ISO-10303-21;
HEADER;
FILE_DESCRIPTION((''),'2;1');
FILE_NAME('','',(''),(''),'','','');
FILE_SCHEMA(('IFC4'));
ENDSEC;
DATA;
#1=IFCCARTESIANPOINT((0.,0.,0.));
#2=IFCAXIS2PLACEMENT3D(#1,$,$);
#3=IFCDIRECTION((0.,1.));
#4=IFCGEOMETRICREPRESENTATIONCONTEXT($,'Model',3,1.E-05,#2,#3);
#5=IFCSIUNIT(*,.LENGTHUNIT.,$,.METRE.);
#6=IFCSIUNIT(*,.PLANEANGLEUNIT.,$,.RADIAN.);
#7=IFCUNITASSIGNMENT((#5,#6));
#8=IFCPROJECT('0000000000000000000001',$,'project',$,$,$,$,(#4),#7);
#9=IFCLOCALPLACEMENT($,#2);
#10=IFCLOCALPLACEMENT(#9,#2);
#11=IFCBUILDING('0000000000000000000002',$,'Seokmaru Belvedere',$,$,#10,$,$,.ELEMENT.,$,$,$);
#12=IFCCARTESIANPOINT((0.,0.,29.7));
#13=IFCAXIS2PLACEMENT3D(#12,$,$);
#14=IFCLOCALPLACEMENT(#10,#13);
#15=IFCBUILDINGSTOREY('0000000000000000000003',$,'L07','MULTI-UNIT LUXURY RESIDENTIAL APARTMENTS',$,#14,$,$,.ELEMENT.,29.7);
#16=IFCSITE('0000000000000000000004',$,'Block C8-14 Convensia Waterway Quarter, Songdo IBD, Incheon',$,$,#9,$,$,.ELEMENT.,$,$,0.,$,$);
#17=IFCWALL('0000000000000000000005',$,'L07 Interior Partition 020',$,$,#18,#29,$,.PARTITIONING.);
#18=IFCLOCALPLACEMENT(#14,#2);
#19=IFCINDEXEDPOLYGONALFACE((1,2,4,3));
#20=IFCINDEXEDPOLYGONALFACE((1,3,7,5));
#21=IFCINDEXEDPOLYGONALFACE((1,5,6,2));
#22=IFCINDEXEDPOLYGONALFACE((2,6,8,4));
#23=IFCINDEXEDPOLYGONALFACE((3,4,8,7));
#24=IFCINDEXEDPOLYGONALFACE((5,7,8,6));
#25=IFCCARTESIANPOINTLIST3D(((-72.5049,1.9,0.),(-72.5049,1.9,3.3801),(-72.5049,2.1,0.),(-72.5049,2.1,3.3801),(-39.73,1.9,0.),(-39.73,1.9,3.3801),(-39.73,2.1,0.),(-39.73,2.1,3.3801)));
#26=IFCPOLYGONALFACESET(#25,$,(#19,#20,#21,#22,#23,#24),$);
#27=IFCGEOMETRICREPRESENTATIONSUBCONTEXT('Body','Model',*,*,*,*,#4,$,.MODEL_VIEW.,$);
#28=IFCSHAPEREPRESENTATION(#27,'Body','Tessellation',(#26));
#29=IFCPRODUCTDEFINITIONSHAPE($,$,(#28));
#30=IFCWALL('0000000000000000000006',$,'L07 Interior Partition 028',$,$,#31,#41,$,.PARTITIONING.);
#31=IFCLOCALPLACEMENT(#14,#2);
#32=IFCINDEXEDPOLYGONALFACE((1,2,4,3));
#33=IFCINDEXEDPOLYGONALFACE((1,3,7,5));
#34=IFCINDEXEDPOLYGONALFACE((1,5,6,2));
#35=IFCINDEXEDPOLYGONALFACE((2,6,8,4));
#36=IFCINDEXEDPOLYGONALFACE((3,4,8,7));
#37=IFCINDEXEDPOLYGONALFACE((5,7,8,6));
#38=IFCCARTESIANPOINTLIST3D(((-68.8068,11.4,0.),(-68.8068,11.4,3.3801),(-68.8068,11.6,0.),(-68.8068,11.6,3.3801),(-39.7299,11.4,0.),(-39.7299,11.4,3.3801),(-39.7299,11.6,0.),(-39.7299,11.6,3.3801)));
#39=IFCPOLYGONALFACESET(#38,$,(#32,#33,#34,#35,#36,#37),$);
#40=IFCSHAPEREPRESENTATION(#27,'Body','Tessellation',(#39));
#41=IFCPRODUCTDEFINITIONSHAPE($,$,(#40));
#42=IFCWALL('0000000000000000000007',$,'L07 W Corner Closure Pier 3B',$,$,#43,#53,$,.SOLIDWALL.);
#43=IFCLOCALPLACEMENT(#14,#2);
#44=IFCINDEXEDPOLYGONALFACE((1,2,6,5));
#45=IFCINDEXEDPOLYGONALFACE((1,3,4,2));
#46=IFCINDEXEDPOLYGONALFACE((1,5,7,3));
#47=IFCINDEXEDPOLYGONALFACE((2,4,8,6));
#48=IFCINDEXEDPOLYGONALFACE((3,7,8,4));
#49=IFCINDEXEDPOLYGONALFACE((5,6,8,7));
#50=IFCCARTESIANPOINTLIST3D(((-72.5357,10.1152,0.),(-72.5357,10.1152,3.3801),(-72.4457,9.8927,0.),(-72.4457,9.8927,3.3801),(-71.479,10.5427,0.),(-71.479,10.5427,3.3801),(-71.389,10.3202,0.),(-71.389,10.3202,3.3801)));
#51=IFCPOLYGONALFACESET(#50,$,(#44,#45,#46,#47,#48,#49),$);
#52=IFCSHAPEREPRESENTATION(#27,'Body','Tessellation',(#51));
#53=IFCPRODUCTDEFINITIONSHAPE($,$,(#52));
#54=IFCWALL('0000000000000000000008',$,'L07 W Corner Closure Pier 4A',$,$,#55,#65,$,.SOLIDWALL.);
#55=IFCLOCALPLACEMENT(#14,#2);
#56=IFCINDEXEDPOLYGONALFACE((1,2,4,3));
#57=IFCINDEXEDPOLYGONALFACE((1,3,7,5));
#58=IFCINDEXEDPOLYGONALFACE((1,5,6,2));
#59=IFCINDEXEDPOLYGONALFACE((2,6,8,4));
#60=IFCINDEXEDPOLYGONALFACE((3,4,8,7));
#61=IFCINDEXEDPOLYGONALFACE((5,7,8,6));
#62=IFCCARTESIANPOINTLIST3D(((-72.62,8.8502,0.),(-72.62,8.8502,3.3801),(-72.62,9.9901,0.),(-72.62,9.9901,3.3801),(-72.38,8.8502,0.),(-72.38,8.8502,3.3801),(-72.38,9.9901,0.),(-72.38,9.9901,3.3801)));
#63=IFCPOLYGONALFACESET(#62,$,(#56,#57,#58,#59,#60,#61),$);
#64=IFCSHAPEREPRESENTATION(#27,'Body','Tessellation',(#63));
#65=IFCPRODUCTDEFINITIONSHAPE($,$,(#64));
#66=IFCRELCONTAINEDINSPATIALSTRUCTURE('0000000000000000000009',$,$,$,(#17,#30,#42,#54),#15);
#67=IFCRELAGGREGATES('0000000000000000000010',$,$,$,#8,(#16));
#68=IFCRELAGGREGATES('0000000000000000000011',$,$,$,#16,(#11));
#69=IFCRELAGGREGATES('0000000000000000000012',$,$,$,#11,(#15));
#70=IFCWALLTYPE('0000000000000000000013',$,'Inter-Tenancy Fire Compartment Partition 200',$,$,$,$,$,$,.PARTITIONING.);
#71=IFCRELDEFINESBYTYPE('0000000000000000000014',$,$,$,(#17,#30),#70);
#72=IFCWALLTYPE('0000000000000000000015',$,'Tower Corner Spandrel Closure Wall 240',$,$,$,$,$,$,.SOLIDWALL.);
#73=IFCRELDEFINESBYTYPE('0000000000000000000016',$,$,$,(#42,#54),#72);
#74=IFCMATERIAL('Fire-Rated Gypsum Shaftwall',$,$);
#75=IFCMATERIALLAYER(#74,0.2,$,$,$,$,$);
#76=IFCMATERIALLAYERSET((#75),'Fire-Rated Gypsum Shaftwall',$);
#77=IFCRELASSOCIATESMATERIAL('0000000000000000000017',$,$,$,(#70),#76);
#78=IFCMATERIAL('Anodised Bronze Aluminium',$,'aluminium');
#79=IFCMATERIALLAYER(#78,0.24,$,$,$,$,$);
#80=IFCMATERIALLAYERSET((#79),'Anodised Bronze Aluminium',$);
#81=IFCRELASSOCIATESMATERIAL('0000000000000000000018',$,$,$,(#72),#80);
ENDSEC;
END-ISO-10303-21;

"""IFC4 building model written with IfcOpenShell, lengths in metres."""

from ifc_helpers import new_model, si_unit, direction, frame, frame_2d, origin, place, context, subcontext, project, spatial, rectangle, extrude, material, layer, layer_set, type_object, element, save


model = new_model("IFC4")

# Units and contexts
model_context = context("Model", 3, precision=1e-05, world=origin(), true_north=direction((0.0, 1.0)))
body_context = subcontext(model_context, "Body", "Model", "MODEL_VIEW")
ifc_project = project(units=[si_unit("LENGTHUNIT", "METRE"), si_unit("PLANEANGLEUNIT", "RADIAN")], contexts=[model_context])

# Site, building, storey
site_placement = place(None, origin())
site = spatial("IfcSite", under=ifc_project, at=site_placement, Name="Block C8-14 Convensia Waterway Quarter, Songdo IBD, Incheon", CompositionType="ELEMENT", RefElevation=0.0)
building_placement = place(site_placement, origin())
building = spatial("IfcBuilding", under=site, at=building_placement, Name="Seokmaru Belvedere", CompositionType="ELEMENT")
storey_placement = place(building_placement, frame((0.0, 0.0, 29.7)))
storey = spatial("IfcBuildingStorey", under=building, at=storey_placement, Name="L07", Description="MULTI-UNIT LUXURY RESIDENTIAL APARTMENTS", CompositionType="ELEMENT", Elevation=29.7)

# Shared definitions
ifc_material_1 = material(Name="Anodised Bronze Aluminium", Category="aluminium")

# Shared definitions
ifc_material_2 = material(Name="Fire-Rated Gypsum Shaftwall")

# Walls
ifc_layer_1 = layer(ifc_material_2, 0.2)
ifc_layer_set_1 = layer_set([ifc_layer_1], Name="Fire-Rated Gypsum Shaftwall")
wall_type_1 = type_object("IfcWallType", Name="Inter-Tenancy Fire Compartment Partition 200", PredefinedType="PARTITIONING", material=ifc_layer_set_1)
wall_1_placement = place(storey_placement, frame((-72.5049, 2.0, 0.0), z_axis=(0.0, 0.0, 1.0), x_axis=(1.0, 0.0, 0.0)))
element("IfcWall", 1, at=wall_1_placement, inside=storey, type_object=wall_type_1, Name="L07 Interior Partition 020", PredefinedType="PARTITIONING", context=body_context, shape_type="SweptSolid", body=[
    extrude(rectangle(XDim=32.7749, YDim=0.2, at=frame_2d((16.3875, 0.0))), origin(), (0.0, 0.0, 1.0), 3.3801),
])
wall_2_placement = place(storey_placement, frame((-68.8069, 11.5, 0.0), z_axis=(0.0, 0.0, 1.0), x_axis=(1.0, 0.0, 0.0)))
element("IfcWall", 2, at=wall_2_placement, inside=storey, type_object=wall_type_1, Name="L07 Interior Partition 028", PredefinedType="PARTITIONING", context=body_context, shape_type="SweptSolid", body=[
    extrude(rectangle(XDim=29.0769, YDim=0.2, at=frame_2d((14.5386, 0.0))), origin(), (0.0, 0.0, 1.0), 3.3801),
])
ifc_layer_2 = layer(ifc_material_1, 0.24)
ifc_layer_set_2 = layer_set([ifc_layer_2], Name="Anodised Bronze Aluminium")
wall_type_2 = type_object("IfcWallType", Name="Tower Corner Spandrel Closure Wall 240", PredefinedType="SOLIDWALL", material=ifc_layer_set_2)
for number, where, z_axis, x_axis, name in (
    (3, (-71.4341, 10.4314, 0.0), (0.0, 0.0, 1.0), (-0.927007, -0.375044, 0.0), "L07 W Corner Closure Pier 3B"),
    (4, (-72.5, 9.99, 0.0), (0.0, 0.0, 1.0), (0.0, -1.0, 0.0), "L07 W Corner Closure Pier 4A"),
):
    element("IfcWall", number, at=place(storey_placement, frame(where, z_axis=z_axis, x_axis=x_axis)), inside=storey, type_object=wall_type_2, Name=name, PredefinedType="SOLIDWALL", context=body_context, shape_type="SweptSolid", body=[
        extrude(rectangle(XDim=1.1399, YDim=0.24, at=frame_2d((0.5698, 0.0))), origin(), (0.0, 0.0, 1.0), 3.3801),
    ])

save(model, "model.ifc")
